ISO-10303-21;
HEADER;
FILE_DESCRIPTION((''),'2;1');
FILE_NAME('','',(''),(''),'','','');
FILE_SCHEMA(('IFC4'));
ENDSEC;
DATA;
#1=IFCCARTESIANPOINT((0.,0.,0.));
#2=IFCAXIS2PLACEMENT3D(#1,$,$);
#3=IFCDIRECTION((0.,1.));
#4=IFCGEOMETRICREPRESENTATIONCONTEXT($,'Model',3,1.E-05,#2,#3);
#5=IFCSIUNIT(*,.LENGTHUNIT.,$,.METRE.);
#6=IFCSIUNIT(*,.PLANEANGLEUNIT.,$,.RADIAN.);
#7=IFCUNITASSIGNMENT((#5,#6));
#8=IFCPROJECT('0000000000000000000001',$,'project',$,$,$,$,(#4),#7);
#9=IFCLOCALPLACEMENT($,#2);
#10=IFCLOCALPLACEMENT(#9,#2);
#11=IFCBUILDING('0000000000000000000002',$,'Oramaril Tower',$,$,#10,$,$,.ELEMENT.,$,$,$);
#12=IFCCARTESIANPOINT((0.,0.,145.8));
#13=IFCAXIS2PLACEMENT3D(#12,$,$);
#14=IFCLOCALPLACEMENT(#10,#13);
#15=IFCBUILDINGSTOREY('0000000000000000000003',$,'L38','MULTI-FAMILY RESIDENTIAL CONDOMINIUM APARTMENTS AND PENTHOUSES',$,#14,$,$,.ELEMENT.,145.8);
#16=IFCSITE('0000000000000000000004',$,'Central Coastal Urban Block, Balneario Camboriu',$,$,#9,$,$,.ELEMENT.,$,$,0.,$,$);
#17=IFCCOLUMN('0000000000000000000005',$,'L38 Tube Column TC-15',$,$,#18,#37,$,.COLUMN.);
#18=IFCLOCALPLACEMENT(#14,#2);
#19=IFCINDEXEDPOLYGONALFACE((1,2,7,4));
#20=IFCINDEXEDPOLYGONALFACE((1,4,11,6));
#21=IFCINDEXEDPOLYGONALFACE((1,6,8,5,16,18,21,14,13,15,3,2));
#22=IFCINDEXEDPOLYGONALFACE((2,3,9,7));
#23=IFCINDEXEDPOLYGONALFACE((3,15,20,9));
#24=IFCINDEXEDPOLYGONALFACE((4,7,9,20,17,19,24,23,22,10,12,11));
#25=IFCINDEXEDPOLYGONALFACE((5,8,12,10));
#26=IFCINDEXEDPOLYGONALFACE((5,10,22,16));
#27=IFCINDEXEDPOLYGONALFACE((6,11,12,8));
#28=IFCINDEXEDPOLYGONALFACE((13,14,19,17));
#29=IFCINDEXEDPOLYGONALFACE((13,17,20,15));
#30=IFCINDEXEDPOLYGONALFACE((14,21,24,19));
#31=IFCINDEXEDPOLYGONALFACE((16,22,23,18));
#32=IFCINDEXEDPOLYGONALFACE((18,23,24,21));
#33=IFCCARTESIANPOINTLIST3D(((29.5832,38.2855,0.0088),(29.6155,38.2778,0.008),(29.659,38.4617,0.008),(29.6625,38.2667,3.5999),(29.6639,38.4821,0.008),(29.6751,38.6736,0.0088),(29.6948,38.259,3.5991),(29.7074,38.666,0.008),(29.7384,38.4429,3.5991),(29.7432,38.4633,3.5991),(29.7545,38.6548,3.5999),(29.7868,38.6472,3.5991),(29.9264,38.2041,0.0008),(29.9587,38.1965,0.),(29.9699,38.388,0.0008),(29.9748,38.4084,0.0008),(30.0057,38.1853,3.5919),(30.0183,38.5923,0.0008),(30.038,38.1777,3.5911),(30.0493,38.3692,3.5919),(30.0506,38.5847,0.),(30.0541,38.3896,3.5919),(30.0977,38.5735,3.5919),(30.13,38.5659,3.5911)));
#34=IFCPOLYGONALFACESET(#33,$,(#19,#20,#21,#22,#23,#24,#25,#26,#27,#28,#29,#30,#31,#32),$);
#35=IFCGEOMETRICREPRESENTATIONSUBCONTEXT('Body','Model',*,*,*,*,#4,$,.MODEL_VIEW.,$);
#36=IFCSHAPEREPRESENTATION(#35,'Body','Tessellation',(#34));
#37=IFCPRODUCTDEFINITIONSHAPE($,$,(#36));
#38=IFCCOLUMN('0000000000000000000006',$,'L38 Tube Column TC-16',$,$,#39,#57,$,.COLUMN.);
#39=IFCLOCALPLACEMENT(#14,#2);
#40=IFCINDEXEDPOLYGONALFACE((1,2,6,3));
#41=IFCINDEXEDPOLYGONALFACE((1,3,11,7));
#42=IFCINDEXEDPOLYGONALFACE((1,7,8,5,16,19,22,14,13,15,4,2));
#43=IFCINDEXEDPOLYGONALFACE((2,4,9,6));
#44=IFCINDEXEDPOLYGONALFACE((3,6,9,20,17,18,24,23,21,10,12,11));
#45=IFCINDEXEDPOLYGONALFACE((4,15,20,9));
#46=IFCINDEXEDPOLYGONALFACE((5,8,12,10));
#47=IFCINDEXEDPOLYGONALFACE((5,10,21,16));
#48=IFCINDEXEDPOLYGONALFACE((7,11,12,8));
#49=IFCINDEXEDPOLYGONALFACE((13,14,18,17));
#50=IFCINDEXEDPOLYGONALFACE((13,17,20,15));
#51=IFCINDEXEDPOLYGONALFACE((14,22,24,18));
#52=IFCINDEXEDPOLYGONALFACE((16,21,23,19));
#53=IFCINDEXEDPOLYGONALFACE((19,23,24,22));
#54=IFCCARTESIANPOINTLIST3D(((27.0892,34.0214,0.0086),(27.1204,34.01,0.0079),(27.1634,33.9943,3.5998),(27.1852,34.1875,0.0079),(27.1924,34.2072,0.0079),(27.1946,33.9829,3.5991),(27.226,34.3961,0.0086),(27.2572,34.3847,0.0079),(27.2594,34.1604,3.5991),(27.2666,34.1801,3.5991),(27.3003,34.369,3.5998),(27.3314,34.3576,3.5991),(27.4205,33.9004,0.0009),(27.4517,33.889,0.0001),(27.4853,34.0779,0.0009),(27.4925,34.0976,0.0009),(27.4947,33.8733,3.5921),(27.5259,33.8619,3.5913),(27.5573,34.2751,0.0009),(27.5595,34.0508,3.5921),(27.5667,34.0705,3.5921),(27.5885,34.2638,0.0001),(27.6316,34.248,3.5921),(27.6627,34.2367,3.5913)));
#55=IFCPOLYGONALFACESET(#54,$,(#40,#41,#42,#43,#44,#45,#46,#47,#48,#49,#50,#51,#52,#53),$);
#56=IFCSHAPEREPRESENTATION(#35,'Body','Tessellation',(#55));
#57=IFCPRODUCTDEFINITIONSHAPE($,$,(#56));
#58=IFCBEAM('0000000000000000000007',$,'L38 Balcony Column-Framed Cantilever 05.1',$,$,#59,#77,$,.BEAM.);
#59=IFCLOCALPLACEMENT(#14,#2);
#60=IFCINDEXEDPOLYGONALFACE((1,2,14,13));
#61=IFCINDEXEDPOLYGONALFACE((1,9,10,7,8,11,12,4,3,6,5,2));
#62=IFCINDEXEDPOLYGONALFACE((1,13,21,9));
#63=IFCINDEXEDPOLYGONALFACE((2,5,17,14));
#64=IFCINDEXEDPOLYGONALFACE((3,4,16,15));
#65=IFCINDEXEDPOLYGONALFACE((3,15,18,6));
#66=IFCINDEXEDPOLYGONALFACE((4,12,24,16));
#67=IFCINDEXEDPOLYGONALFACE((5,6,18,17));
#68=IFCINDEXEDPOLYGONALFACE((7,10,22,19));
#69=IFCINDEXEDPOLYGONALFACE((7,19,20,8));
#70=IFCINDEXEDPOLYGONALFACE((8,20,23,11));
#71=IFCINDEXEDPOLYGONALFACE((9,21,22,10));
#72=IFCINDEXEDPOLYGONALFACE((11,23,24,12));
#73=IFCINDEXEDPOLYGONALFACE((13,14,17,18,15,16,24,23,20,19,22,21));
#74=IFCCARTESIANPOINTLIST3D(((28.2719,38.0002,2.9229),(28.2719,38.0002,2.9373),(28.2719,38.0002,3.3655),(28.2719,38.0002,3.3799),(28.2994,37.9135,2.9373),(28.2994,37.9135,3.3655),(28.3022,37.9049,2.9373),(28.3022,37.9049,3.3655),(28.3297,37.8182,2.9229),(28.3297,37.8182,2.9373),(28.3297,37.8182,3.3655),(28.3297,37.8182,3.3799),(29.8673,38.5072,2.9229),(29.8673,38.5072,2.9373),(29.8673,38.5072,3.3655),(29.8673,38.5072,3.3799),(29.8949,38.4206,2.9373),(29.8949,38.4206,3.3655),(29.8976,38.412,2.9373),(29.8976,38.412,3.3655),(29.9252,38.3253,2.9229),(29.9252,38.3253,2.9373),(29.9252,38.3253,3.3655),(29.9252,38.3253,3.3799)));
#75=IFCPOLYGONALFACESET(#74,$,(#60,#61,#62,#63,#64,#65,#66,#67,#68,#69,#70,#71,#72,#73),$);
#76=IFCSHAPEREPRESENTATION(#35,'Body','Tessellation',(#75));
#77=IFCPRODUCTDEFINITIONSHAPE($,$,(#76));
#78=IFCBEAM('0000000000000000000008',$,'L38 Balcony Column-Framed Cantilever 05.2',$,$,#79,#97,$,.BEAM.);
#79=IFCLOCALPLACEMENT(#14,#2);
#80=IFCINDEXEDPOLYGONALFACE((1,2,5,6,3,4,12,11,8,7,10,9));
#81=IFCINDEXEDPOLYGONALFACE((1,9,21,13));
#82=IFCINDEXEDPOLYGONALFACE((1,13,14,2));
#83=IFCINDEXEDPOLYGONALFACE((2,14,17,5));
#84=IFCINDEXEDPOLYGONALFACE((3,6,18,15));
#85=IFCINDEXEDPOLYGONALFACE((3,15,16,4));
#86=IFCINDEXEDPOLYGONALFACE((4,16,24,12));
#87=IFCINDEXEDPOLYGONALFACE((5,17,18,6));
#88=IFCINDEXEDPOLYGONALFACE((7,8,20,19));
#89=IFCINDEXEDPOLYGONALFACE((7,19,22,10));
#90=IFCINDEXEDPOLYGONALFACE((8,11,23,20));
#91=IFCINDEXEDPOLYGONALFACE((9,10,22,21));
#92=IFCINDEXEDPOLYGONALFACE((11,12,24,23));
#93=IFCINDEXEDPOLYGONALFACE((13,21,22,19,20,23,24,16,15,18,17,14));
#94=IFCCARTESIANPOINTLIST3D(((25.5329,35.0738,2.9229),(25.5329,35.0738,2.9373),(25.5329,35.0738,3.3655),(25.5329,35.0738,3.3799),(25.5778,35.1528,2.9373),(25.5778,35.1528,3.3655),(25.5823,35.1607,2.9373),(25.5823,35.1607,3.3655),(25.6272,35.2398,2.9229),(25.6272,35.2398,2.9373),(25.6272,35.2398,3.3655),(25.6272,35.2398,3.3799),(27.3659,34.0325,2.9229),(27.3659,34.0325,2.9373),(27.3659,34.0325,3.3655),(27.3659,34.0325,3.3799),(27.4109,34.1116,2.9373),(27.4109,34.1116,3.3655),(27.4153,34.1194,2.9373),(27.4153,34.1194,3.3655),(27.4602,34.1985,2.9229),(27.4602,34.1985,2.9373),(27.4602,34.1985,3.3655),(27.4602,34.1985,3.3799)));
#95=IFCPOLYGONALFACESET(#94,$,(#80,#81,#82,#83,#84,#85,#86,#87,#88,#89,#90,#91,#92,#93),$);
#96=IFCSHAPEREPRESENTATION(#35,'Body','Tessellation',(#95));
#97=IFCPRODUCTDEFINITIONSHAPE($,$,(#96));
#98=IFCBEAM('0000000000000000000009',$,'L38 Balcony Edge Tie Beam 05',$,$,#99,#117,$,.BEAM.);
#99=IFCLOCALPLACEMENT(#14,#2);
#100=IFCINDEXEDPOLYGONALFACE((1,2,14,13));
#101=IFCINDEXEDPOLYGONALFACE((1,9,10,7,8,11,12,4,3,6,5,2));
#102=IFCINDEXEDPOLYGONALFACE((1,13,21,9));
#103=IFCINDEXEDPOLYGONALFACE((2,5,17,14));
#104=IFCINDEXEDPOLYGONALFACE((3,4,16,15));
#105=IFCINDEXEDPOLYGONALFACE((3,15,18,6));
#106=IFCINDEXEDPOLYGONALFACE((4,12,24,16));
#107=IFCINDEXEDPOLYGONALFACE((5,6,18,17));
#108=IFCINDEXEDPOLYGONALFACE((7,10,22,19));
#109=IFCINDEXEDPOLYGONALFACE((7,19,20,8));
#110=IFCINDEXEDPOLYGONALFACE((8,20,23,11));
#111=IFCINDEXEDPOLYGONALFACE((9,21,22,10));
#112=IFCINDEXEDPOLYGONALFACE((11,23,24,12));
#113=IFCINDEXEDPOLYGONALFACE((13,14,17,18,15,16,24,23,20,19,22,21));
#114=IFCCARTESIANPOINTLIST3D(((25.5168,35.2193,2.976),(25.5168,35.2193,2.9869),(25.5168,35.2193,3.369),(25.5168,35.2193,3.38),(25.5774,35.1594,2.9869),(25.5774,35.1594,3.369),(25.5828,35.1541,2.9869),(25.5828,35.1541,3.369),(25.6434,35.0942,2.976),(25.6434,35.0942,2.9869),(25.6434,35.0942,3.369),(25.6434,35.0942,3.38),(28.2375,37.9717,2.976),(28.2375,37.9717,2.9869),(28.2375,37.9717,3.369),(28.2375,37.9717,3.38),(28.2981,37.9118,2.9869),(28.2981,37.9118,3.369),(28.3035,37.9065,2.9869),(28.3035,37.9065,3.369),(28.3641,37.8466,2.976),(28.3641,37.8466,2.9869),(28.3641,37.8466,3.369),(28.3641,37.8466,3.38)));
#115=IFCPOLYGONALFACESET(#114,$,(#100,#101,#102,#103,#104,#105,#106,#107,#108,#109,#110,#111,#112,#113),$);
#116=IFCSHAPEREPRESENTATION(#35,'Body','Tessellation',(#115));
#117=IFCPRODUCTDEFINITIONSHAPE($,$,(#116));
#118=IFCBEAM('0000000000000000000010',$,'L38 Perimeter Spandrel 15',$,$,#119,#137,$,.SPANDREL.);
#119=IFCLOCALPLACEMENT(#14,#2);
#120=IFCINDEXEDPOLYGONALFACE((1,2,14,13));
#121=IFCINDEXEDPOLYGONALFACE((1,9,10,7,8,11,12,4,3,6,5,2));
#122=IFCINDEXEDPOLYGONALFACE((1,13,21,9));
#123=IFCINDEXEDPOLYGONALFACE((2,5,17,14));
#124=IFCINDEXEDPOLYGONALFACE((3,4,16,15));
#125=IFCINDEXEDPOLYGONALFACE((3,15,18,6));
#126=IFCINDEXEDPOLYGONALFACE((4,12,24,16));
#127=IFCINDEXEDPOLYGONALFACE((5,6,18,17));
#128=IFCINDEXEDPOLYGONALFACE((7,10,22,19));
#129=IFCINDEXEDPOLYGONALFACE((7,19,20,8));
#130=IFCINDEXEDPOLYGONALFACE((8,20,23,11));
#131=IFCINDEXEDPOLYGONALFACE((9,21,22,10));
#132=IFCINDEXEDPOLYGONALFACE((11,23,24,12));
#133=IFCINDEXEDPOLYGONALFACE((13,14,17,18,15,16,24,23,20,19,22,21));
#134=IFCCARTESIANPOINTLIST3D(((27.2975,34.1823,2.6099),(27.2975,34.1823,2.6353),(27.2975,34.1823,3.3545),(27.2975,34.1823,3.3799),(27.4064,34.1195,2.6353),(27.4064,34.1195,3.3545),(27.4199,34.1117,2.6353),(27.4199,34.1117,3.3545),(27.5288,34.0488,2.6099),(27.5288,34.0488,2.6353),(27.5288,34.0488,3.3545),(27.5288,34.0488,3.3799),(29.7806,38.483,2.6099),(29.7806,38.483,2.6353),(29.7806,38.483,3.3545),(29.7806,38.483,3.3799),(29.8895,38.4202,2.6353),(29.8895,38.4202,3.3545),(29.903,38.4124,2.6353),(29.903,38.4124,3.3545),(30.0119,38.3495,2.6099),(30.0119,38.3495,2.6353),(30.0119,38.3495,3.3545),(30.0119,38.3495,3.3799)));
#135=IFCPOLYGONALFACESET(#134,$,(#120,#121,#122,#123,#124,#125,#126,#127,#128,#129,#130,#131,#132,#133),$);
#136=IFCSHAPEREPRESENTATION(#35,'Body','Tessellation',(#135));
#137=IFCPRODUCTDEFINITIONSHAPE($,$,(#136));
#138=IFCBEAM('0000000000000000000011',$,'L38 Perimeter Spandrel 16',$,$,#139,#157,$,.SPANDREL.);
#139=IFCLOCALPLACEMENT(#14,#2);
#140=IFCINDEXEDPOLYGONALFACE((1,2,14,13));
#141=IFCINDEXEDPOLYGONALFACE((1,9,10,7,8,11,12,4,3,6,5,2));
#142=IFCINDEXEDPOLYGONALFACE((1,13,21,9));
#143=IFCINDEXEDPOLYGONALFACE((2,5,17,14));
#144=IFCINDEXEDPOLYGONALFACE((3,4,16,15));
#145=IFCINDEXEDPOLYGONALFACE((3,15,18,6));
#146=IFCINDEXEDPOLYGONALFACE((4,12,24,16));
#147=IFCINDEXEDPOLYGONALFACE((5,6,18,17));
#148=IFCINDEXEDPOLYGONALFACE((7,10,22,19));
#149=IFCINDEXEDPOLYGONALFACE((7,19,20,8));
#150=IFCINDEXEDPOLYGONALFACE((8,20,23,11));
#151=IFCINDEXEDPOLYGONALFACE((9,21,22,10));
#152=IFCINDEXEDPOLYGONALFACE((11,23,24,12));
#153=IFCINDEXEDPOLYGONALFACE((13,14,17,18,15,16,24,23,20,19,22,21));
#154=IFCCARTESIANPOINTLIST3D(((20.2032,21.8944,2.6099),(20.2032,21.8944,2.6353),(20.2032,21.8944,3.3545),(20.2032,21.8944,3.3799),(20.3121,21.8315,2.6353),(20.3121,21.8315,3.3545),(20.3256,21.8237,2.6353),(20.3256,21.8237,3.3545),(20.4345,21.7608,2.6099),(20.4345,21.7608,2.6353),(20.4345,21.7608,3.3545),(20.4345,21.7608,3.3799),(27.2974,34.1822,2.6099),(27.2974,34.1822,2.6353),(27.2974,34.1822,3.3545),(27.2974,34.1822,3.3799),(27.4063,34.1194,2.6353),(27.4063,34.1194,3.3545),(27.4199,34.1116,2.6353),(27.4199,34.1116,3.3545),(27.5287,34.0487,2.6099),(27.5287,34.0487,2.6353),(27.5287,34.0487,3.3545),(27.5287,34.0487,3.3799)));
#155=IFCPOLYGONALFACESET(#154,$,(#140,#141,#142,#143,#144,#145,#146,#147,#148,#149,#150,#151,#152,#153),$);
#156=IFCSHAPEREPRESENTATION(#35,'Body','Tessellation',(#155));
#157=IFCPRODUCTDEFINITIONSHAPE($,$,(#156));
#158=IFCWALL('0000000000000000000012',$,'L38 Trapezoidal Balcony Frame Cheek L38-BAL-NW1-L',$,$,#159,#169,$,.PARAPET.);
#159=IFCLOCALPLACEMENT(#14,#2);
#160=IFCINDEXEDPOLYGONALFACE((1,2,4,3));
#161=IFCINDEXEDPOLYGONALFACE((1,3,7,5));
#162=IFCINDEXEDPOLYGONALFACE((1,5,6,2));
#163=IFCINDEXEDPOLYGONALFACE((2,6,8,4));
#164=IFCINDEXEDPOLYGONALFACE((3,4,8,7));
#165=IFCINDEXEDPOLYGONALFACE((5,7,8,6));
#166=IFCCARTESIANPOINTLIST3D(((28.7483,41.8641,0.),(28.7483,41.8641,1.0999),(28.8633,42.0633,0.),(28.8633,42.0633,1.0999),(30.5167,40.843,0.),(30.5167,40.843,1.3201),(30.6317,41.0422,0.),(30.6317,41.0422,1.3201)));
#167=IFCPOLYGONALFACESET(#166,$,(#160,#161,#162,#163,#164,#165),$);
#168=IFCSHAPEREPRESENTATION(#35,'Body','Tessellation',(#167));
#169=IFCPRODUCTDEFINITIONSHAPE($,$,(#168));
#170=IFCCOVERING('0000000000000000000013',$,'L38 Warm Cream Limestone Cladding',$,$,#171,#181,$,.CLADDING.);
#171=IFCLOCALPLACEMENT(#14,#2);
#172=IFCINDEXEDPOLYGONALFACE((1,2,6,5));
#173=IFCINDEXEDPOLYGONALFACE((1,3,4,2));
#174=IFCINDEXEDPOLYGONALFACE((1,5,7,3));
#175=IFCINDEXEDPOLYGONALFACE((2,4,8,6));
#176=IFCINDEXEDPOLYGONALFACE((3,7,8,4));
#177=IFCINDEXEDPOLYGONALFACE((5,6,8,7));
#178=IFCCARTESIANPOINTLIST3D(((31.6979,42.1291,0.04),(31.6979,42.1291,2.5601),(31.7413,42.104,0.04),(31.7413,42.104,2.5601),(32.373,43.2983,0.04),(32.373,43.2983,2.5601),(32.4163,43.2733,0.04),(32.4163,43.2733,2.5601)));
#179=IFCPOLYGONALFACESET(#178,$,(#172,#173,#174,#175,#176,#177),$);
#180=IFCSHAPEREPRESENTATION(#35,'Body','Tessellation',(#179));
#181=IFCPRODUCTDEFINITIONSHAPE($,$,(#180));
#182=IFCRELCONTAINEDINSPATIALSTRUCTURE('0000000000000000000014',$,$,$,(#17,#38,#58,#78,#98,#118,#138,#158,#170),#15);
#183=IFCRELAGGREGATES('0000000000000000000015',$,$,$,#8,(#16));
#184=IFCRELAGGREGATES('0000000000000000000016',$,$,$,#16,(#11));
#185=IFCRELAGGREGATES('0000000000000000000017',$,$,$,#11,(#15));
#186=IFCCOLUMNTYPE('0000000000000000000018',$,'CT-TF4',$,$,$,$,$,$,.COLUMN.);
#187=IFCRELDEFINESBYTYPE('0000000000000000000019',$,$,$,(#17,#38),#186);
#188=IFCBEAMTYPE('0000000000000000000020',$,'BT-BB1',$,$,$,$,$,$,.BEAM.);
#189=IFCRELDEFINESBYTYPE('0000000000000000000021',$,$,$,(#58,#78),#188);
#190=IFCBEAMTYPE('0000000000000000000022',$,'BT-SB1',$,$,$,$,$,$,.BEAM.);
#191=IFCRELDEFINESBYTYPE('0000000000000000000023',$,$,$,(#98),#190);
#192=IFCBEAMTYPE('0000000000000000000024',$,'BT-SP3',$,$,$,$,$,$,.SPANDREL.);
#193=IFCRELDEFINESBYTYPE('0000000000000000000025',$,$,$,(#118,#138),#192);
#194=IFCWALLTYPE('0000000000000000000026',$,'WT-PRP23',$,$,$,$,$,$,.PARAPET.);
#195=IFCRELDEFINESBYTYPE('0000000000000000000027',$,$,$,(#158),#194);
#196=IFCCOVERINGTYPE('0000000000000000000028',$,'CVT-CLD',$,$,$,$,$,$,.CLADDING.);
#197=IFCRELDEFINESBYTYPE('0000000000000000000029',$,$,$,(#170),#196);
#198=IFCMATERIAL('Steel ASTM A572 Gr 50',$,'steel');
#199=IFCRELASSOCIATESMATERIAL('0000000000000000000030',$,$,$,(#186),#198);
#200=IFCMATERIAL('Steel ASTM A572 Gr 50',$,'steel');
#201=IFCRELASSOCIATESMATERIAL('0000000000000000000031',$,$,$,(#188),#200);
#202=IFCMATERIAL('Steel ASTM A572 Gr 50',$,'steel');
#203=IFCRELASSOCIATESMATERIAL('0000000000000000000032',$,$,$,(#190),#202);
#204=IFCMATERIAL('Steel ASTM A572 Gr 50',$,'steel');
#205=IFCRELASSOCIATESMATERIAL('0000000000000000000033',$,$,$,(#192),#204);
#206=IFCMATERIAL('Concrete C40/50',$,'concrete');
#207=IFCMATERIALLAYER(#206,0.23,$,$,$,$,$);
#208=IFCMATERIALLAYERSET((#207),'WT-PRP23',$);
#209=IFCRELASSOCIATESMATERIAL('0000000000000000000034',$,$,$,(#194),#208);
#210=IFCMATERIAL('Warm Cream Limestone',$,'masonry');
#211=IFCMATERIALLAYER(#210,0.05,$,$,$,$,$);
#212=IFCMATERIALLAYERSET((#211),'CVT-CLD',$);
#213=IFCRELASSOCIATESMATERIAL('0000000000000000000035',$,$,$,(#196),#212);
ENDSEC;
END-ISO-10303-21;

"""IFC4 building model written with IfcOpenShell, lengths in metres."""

from ifc_helpers import new_model, si_unit, direction, frame, origin, origin_2d, place, context, subcontext, project, spatial, polyline, rectangle, i_section, outline, extrude, material, layer, layer_set, material_profile, profile_set, type_object, element, save


model = new_model("IFC4")

# Units and contexts
model_context = context("Model", 3, precision=1e-05, world=origin(), true_north=direction((0.0, 1.0)))
body_context = subcontext(model_context, "Body", "Model", "MODEL_VIEW")
ifc_project = project(units=[si_unit("LENGTHUNIT", "METRE"), si_unit("PLANEANGLEUNIT", "RADIAN")], contexts=[model_context])

# Site, building, storey
site_placement = place(None, origin())
site = spatial("IfcSite", under=ifc_project, at=site_placement, Name="Central Coastal Urban Block, Balneario Camboriu", CompositionType="ELEMENT", RefElevation=0.0)
building_placement = place(site_placement, origin())
building = spatial("IfcBuilding", under=site, at=building_placement, Name="Oramaril Tower", CompositionType="ELEMENT")
storey_placement = place(building_placement, frame((0.0, 0.0, 145.8)))
storey = spatial("IfcBuildingStorey", under=building, at=storey_placement, Name="L38", Description="MULTI-FAMILY RESIDENTIAL CONDOMINIUM APARTMENTS AND PENTHOUSES", CompositionType="ELEMENT", Elevation=145.8)

# Columns
ifc_material_1 = material(Name="Steel ASTM A572 Gr 50", Category="steel")
ifc_material_profile_1 = material_profile(ifc_material_1, i_section(OverallWidth=0.3989, OverallDepth=0.386, WebThickness=0.021, FlangeThickness=0.0332, at=origin_2d()), Name="W14X176")
ifc_profile_set_1 = profile_set([ifc_material_profile_1], Name="Steel ASTM A572 Gr 50")
column_type = type_object("IfcColumnType", Name="CT-TF4", PredefinedType="COLUMN", material=ifc_profile_set_1)
for number, where, z_axis, x_axis, name in (
    (1, (29.8169, 38.4351, 0.0044), (0.02209, -0.005234, 0.999742), (0.230541, 0.973063, 0.0), "L38 Tube Column TC-15"),
    (2, (27.3389, 34.1426, 0.0044), (0.020663, -0.007545, 0.999758), (0.342983, 0.939342, 0.0), "L38 Tube Column TC-16"),
):
    element("IfcColumn", number, at=place(storey_placement, frame(where, z_axis=z_axis, x_axis=x_axis)), inside=storey, type_object=column_type, Name=name, PredefinedType="COLUMN", context=body_context, shape_type="SweptSolid", body=[
        extrude(i_section(OverallWidth=0.3989, OverallDepth=0.386, WebThickness=0.021, FlangeThickness=0.0332, at=origin_2d()), origin(), (0.0, 0.0, 1.0), 3.592),
    ])

# Beams
ifc_material_2 = material(Name="Steel ASTM A572 Gr 50", Category="steel")
ifc_material_profile_2 = material_profile(ifc_material_2, i_section(OverallWidth=0.1909, OverallDepth=0.457, WebThickness=0.009, FlangeThickness=0.0144, at=origin_2d()), Name="W18X50")
ifc_profile_set_2 = profile_set([ifc_material_profile_2], Name="Steel ASTM A572 Gr 50")
beam_type_1 = type_object("IfcBeamType", Name="BT-BB1", PredefinedType="BEAM", material=ifc_profile_set_2)
beam_1_placement = place(storey_placement, frame((29.8962, 38.4163, 3.1514), z_axis=(-0.953023, -0.302897, 0.0), x_axis=(0.302897, -0.953023, 0.0)))
element("IfcBeam", 3, at=beam_1_placement, inside=storey, type_object=beam_type_1, Name="L38 Balcony Column-Framed Cantilever 05.1", PredefinedType="BEAM", context=body_context, shape_type="SweptSolid", body=[
    extrude(i_section(OverallWidth=0.1909, OverallDepth=0.457, WebThickness=0.009, FlangeThickness=0.0144, at=origin_2d()), origin(), (0.0, 0.0, 1.0), 1.6741),
])
beam_2_placement = place(storey_placement, frame((27.4131, 34.1155, 3.1514), z_axis=(-0.869502, 0.49393, 0.0), x_axis=(-0.49393, -0.869502, 0.0)))
element("IfcBeam", 4, at=beam_2_placement, inside=storey, type_object=beam_type_1, Name="L38 Balcony Column-Framed Cantilever 05.2", PredefinedType="BEAM", context=body_context, shape_type="SweptSolid", body=[
    extrude(i_section(OverallWidth=0.1909, OverallDepth=0.457, WebThickness=0.009, FlangeThickness=0.0144, at=origin_2d()), origin(), (0.0, 0.0, 1.0), 2.1082),
])
ifc_material_3 = material(Name="Steel ASTM A572 Gr 50", Category="steel")
ifc_material_profile_3 = material_profile(ifc_material_3, i_section(OverallWidth=0.178, OverallDepth=0.4041, WebThickness=0.0076, FlangeThickness=0.011, at=origin_2d()), Name="W16X36")
ifc_profile_set_3 = profile_set([ifc_material_profile_3], Name="Steel ASTM A572 Gr 50")
beam_type_2 = type_object("IfcBeamType", Name="BT-SB1", PredefinedType="BEAM", material=ifc_profile_set_3)
beam_3_placement = place(storey_placement, frame((28.3008, 37.9092, 3.178), z_axis=(-0.702995, -0.711195, 0.0), x_axis=(0.711195, -0.702995, 0.0)))
element("IfcBeam", 5, at=beam_3_placement, inside=storey, type_object=beam_type_2, Name="L38 Balcony Edge Tie Beam 05", PredefinedType="BEAM", context=body_context, shape_type="SweptSolid", body=[
    extrude(i_section(OverallWidth=0.178, OverallDepth=0.4041, WebThickness=0.0076, FlangeThickness=0.011, at=origin_2d()), origin(), (0.0, 0.0, 1.0), 3.8701),
])
ifc_material_4 = material(Name="Steel ASTM A572 Gr 50", Category="steel")
ifc_material_profile_4 = material_profile(ifc_material_4, i_section(OverallWidth=0.2671, OverallDepth=0.77, WebThickness=0.0156, FlangeThickness=0.0254, at=origin_2d()), Name="W30X132")
ifc_profile_set_4 = profile_set([ifc_material_profile_4], Name="Steel ASTM A572 Gr 50")
beam_type_3 = type_object("IfcBeamType", Name="BT-SP3", PredefinedType="SPANDREL", material=ifc_profile_set_4)
beam_4_placement = place(storey_placement, frame((29.8962, 38.4163, 2.9949), z_axis=(-0.500015, -0.866017, 0.0), x_axis=(0.866017, -0.500015, 0.0)))
element("IfcBeam", 6, at=beam_4_placement, inside=storey, type_object=beam_type_3, Name="L38 Perimeter Spandrel 15", PredefinedType="SPANDREL", context=body_context, shape_type="SweptSolid", body=[
    extrude(i_section(OverallWidth=0.2671, OverallDepth=0.77, WebThickness=0.0156, FlangeThickness=0.0254, at=origin_2d()), origin(), (0.0, 0.0, 1.0), 4.9661),
])
beam_5_placement = place(storey_placement, frame((27.4131, 34.1155, 2.9949), z_axis=(-0.499992, -0.86603, 0.0), x_axis=(0.86603, -0.499992, 0.0)))
element("IfcBeam", 7, at=beam_5_placement, inside=storey, type_object=beam_type_3, Name="L38 Perimeter Spandrel 16", PredefinedType="SPANDREL", context=body_context, shape_type="SweptSolid", body=[
    extrude(i_section(OverallWidth=0.2671, OverallDepth=0.77, WebThickness=0.0156, FlangeThickness=0.0254, at=origin_2d()), origin(), (0.0, 0.0, 1.0), 14.1887),
])

# Wall
ifc_material_5 = material(Name="Concrete C40/50", Category="concrete")
ifc_layer_1 = layer(ifc_material_5, 0.23)
ifc_layer_set_1 = layer_set([ifc_layer_1], Name="WT-PRP23")
wall_type = type_object("IfcWallType", Name="WT-PRP23", PredefinedType="PARAPET", material=ifc_layer_set_1)
wall_placement = place(storey_placement, frame((30.5742, 40.9426, 0.0), z_axis=(0.0, 0.0, 1.0), x_axis=(-0.866012, 0.500023, 0.0)))
element("IfcWall", 8, at=wall_placement, inside=storey, type_object=wall_type, Name="L38 Trapezoidal Balcony Frame Cheek L38-BAL-NW1-L", PredefinedType="PARAPET", context=body_context, shape_type="SweptSolid", body=[
    extrude(outline(polyline([(0.0, 0.0), (2.042, 0.0), (2.042, 1.0999), (0.0, 1.3201), (0.0, 0.0)])), frame((0.0, 0.115, 0.0), z_axis=(0.0, -1.0, 0.0), x_axis=(1.0, 0.0, 0.0)), (0.0, 0.0, 1.0), 0.23),
])

# Covering
ifc_material_6 = material(Name="Warm Cream Limestone", Category="masonry")
ifc_layer_2 = layer(ifc_material_6, 0.05)
ifc_layer_set_2 = layer_set([ifc_layer_2], Name="CVT-CLD")
covering_type = type_object("IfcCoveringType", Name="CVT-CLD", PredefinedType="CLADDING", material=ifc_layer_set_2)
covering_1_placement = place(storey_placement, frame((32.0571, 42.7012, 0.04), z_axis=(0.0, 0.0, 1.0), x_axis=(-0.499998, -0.866026, 0.0)))
element("IfcCovering", 9, at=covering_1_placement, inside=storey, type_object=covering_type, Name="L38 Warm Cream Limestone Cladding", PredefinedType="CLADDING", context=body_context, shape_type="SweptSolid", body=[
    extrude(rectangle(XDim=1.3501, YDim=0.05, at=origin_2d()), origin(), (0.0, 0.0, 1.0), 2.52),
])

save(model, "model.ifc")
